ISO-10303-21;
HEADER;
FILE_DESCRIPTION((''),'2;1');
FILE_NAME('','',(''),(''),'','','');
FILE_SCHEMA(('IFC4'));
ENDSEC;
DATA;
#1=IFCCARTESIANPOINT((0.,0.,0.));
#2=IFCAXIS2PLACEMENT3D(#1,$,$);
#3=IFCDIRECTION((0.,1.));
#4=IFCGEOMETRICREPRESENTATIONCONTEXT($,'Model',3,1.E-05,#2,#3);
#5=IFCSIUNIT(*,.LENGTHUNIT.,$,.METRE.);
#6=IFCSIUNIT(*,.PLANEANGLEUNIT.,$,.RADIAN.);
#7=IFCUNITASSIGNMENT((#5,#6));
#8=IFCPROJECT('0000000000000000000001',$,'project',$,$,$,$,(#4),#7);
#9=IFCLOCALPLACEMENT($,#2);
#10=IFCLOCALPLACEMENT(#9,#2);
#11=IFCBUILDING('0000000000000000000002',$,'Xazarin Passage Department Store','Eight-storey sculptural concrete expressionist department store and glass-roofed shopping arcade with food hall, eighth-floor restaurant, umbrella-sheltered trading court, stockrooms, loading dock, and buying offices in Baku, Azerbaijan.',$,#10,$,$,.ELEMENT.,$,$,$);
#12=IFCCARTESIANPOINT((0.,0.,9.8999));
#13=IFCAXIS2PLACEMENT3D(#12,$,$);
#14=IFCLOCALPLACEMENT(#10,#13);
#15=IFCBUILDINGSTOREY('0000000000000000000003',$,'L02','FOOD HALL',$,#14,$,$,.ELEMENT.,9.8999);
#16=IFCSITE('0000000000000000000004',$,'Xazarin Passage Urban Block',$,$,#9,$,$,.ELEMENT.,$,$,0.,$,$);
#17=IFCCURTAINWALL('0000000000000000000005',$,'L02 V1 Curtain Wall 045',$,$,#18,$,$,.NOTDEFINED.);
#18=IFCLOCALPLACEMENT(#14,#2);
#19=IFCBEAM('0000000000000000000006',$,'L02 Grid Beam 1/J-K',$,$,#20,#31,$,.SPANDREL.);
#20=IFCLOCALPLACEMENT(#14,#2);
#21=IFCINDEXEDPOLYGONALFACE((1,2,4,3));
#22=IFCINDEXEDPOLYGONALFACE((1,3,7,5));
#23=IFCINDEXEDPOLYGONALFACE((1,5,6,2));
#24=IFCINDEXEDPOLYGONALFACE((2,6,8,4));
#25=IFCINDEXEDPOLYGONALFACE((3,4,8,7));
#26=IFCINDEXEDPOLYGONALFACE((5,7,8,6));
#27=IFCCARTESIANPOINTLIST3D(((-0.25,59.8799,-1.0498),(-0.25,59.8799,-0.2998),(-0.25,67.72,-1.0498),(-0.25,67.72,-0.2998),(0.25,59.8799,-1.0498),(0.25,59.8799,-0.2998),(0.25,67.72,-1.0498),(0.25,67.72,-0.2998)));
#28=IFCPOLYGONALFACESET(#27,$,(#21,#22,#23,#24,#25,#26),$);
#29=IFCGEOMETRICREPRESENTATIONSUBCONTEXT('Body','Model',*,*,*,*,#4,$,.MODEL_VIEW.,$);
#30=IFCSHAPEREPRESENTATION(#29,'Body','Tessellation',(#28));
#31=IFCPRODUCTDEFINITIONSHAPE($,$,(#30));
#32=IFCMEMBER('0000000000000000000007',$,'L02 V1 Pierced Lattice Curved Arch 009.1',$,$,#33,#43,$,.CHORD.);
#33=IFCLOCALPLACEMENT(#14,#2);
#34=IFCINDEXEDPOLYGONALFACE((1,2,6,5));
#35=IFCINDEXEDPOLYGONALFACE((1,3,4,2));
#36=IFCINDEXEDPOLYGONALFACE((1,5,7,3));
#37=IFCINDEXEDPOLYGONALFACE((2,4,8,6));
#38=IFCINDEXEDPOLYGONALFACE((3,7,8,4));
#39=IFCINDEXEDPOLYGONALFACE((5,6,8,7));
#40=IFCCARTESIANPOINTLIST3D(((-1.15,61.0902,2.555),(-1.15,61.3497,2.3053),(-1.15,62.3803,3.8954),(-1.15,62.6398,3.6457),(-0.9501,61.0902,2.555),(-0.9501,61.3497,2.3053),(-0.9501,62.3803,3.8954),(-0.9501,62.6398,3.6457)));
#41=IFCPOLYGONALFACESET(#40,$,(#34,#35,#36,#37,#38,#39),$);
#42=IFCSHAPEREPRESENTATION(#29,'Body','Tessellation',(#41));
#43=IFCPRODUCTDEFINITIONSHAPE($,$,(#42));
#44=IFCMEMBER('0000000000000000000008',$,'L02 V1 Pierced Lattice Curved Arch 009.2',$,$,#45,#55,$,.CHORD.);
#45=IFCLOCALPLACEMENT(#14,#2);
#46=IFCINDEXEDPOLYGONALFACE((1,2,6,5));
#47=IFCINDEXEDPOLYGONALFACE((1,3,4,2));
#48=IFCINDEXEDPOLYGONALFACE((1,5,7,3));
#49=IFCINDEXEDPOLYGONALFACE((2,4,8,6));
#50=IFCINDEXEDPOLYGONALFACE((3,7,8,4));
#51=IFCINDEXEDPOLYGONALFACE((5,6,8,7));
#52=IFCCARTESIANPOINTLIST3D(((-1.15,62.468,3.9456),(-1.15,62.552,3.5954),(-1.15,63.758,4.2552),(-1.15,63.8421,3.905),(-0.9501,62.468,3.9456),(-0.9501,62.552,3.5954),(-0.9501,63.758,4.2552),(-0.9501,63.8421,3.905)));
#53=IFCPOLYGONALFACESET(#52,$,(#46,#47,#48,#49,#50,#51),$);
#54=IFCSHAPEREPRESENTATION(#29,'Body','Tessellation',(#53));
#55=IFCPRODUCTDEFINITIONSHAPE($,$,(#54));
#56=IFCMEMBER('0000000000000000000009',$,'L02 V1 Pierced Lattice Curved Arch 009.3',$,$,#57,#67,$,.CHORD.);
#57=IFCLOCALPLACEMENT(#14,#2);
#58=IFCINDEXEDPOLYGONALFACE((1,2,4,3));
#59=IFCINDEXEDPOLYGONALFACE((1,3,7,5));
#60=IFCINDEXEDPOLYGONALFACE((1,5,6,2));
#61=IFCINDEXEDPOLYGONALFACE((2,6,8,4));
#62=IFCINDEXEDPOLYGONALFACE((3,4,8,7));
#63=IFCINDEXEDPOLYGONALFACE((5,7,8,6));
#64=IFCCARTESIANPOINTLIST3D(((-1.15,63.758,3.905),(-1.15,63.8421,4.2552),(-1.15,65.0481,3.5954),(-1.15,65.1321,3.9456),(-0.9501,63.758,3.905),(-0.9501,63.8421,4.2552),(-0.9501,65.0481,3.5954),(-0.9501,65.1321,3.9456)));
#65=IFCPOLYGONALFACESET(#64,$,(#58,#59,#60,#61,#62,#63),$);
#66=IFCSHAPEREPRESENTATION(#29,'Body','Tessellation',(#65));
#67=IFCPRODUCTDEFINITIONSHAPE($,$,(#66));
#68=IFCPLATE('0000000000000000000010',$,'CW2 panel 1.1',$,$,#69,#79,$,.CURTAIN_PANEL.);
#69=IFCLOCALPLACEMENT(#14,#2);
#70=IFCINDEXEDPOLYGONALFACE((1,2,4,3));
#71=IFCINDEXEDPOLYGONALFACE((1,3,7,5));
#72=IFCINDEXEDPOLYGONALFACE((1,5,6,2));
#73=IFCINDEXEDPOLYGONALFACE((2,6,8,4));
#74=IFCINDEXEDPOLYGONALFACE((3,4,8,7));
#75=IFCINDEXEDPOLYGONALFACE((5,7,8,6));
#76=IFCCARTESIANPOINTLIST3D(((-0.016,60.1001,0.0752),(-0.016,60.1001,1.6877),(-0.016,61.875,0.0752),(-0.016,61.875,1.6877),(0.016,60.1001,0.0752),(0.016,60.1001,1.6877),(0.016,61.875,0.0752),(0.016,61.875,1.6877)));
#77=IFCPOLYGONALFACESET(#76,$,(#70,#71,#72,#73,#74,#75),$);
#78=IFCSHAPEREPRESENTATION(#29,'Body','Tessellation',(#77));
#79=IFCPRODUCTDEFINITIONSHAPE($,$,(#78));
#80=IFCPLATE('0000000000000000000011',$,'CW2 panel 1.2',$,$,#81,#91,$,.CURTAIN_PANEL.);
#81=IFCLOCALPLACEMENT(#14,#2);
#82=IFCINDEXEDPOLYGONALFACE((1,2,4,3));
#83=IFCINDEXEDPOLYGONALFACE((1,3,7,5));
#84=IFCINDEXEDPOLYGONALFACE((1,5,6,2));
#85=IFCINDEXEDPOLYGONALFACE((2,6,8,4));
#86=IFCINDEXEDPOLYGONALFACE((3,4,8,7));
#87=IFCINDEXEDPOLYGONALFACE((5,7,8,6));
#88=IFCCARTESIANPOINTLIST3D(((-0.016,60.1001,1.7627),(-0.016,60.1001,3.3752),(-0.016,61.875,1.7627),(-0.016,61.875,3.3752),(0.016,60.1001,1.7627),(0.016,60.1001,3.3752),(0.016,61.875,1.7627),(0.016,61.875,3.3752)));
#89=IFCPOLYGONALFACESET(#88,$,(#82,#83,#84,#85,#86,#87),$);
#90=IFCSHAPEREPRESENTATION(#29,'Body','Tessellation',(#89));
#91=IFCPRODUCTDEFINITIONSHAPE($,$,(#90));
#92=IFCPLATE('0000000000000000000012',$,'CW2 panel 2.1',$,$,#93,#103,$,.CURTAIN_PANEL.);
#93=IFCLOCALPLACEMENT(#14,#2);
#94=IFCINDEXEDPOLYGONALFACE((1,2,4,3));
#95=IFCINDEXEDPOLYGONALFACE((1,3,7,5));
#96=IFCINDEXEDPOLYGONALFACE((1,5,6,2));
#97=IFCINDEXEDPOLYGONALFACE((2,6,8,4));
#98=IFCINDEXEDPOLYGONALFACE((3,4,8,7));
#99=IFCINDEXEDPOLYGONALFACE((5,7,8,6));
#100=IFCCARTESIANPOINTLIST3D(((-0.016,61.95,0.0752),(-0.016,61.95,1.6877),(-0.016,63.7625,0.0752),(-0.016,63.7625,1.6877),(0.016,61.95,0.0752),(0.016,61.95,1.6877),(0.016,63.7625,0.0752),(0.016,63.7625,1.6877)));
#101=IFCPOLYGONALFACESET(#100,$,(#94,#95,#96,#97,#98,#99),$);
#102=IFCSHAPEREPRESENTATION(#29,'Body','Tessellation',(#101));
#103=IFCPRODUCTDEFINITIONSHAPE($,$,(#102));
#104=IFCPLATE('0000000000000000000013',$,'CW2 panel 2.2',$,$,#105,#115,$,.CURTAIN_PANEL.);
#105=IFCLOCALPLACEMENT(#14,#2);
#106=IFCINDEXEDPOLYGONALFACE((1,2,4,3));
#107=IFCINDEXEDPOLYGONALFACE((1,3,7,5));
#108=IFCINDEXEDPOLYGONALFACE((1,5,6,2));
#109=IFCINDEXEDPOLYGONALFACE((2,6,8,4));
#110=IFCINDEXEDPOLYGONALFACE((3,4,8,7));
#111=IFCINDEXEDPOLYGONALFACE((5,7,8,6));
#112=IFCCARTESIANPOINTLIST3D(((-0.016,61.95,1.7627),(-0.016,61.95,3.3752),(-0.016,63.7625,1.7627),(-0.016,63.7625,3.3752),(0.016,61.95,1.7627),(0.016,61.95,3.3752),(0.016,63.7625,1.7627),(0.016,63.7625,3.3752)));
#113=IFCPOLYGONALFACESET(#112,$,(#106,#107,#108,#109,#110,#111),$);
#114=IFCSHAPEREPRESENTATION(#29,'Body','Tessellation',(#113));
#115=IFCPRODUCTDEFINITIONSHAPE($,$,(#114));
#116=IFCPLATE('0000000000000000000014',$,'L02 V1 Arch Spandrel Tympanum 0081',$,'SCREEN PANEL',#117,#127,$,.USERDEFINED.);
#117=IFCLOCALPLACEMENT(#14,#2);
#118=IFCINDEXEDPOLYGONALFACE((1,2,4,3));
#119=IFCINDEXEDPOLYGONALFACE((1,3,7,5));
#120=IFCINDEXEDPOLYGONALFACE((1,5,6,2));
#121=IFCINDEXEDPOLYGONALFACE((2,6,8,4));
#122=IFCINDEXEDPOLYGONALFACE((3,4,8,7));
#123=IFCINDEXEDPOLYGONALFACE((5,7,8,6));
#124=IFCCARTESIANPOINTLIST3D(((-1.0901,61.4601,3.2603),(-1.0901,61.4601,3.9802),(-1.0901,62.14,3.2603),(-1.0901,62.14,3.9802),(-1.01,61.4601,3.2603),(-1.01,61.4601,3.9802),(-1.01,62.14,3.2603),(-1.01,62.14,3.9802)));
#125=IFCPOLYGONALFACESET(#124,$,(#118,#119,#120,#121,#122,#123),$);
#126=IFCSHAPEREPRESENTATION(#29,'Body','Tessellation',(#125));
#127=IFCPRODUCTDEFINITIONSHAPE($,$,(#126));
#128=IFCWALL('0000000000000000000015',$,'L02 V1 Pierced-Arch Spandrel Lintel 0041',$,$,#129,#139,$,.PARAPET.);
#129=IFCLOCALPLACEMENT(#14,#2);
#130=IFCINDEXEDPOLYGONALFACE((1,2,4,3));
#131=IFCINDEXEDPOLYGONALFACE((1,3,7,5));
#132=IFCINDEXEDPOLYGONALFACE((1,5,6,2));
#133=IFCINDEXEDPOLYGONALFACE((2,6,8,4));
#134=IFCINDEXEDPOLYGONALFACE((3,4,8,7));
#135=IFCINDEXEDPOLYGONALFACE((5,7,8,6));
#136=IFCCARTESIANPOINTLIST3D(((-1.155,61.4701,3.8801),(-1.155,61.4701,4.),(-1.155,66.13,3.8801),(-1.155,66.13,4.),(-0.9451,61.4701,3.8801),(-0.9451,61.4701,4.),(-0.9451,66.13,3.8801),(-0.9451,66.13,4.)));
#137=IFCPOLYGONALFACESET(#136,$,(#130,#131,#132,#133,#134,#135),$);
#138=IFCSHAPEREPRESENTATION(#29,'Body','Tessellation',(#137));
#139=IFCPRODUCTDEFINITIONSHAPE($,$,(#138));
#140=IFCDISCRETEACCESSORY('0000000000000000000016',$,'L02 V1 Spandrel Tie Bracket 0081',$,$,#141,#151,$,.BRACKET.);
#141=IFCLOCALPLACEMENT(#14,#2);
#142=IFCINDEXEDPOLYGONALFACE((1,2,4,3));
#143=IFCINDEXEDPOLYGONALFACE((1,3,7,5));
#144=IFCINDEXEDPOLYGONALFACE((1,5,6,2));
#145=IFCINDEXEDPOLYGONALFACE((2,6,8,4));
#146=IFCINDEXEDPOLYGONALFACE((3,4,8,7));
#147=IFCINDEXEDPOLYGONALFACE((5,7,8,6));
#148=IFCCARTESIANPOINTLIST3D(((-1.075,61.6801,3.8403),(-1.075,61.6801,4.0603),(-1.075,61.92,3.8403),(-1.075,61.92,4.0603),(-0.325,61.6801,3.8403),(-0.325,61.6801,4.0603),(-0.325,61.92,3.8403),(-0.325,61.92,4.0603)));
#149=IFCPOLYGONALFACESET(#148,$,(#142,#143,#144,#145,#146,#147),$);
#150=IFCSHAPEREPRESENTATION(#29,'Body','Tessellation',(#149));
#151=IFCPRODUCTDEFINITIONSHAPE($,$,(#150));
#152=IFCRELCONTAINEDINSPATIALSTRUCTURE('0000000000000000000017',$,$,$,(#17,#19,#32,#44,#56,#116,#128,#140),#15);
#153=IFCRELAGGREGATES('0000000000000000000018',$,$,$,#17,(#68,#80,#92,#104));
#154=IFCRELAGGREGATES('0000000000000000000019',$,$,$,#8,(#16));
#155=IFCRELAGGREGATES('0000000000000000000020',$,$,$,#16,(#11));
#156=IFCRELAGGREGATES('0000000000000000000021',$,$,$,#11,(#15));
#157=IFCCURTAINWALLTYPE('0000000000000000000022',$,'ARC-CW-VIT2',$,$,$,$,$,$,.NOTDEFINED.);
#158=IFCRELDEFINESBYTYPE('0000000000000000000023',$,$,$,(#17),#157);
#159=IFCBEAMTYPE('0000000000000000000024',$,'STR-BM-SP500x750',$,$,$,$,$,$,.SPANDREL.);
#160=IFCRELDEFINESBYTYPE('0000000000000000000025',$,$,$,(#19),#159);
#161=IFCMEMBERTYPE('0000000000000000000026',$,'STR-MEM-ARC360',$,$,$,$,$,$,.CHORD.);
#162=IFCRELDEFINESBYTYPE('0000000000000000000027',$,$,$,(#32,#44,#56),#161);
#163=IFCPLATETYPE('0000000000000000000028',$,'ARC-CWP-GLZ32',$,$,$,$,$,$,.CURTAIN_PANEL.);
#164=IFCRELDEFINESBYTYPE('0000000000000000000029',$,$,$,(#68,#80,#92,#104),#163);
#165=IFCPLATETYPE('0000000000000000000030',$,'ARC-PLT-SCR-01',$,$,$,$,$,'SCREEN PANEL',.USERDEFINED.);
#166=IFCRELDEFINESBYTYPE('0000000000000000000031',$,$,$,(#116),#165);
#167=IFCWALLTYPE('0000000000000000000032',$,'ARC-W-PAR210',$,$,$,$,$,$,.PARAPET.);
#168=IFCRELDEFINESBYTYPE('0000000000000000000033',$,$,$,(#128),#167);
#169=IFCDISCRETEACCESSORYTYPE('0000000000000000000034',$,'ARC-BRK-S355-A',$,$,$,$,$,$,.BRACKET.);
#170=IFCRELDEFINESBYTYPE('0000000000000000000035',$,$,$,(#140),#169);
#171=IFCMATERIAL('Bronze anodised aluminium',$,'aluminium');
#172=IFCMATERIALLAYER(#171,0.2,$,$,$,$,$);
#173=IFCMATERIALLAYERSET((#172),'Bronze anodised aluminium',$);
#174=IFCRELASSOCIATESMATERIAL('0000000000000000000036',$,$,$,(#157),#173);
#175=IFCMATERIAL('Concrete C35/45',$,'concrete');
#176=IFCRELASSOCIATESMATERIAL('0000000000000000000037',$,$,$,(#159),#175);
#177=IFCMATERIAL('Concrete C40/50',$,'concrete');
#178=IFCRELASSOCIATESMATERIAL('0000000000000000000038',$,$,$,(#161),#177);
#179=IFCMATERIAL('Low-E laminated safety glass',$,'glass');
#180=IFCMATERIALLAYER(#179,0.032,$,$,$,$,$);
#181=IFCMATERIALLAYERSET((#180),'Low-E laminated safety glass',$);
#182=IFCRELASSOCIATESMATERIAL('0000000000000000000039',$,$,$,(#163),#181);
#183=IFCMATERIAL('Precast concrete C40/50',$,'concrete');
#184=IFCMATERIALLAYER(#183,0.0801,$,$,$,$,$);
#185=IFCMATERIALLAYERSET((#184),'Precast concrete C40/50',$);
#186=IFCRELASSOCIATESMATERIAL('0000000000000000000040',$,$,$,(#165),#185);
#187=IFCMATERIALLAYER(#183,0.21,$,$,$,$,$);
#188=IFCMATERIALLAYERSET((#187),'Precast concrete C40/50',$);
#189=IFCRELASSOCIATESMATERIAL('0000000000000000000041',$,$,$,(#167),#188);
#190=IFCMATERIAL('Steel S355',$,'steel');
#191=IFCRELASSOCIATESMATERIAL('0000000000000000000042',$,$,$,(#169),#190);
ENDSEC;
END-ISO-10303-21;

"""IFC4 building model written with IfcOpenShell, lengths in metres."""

from ifc_helpers import new_model, si_unit, direction, frame, frame_2d, origin, origin_2d, place, context, subcontext, project, spatial, rectangle, extrude, material, layer, layer_set, material_profile, profile_set, type_object, element, aggregate, save


model = new_model("IFC4")

# Units and contexts
model_context = context("Model", 3, precision=1e-05, world=origin(), true_north=direction((0.0, 1.0)))
body_context = subcontext(model_context, "Body", "Model", "MODEL_VIEW")
ifc_project = project(units=[si_unit("LENGTHUNIT", "METRE"), si_unit("PLANEANGLEUNIT", "RADIAN")], contexts=[model_context])

# Site, building, storey
site_placement = place(None, origin())
site = spatial("IfcSite", under=ifc_project, at=site_placement, Name="Xazarin Passage Urban Block", CompositionType="ELEMENT", RefElevation=0.0)
building_placement = place(site_placement, origin())
building = spatial("IfcBuilding", under=site, at=building_placement, Name="Xazarin Passage Department Store", Description="Eight-storey sculptural concrete expressionist department store and glass-roofed shopping arcade with food hall, eighth-floor restaurant, umbrella-sheltered trading court, stockrooms, loading dock, and buying offices in Baku, Azerbaijan.", CompositionType="ELEMENT")
storey_placement = place(building_placement, frame((0.0, 0.0, 9.8999)))
storey = spatial("IfcBuildingStorey", under=building, at=storey_placement, Name="L02", Description="FOOD HALL", CompositionType="ELEMENT", Elevation=9.8999)

# Shared definitions
ifc_material_1 = material(Name="Concrete C40/50", Category="concrete")

# Curtain wall
ifc_material_2 = material(Name="Bronze anodised aluminium", Category="aluminium")
ifc_layer_1 = layer(ifc_material_2, 0.2)
ifc_layer_set_1 = layer_set([ifc_layer_1], Name="Bronze anodised aluminium")
curtain_wall_type = type_object("IfcCurtainWallType", Name="ARC-CW-VIT2", PredefinedType="NOTDEFINED", material=ifc_layer_set_1)
curtain_wall_placement = place(storey_placement, origin())
curtain_wall = element("IfcCurtainWall", 1, at=curtain_wall_placement, inside=storey, type_object=curtain_wall_type, Name="L02 V1 Curtain Wall 045", PredefinedType="NOTDEFINED")

# Beam
ifc_material_3 = material(Name="Concrete C35/45", Category="concrete")
ifc_material_profile_1 = material_profile(ifc_material_3, rectangle(XDim=0.5, YDim=0.75, at=origin_2d()), Name="RC 500x750")
ifc_profile_set_1 = profile_set([ifc_material_profile_1], Name="Concrete C35/45")
beam_type_1 = type_object("IfcBeamType", Name="STR-BM-SP500x750", PredefinedType="SPANDREL", material=ifc_profile_set_1)
beam_1_placement = place(storey_placement, frame((0.0, 59.8799, -0.6748), z_axis=(0.0, 1.0, 0.0), x_axis=(-1.0, 0.0, 0.0)))
element("IfcBeam", 2, at=beam_1_placement, inside=storey, type_object=beam_type_1, Name="L02 Grid Beam 1/J-K", PredefinedType="SPANDREL", context=body_context, shape_type="SweptSolid", body=[
    extrude(rectangle(XDim=0.5, YDim=0.75, at=origin_2d()), origin(), (0.0, 0.0, 1.0), 7.8401),
])

# Members
ifc_material_profile_2 = material_profile(ifc_material_1, rectangle(XDim=0.2, YDim=0.3601, at=origin_2d()), Name="RC 200x360")
ifc_profile_set_2 = profile_set([ifc_material_profile_2], Name="Concrete C40/50")
member_type_1 = type_object("IfcMemberType", Name="STR-MEM-ARC360", PredefinedType="CHORD", material=ifc_profile_set_2)
member_1_placement = place(storey_placement, frame((-1.05, 61.22, 2.4302), z_axis=(0.0, 0.69346, 0.720495), x_axis=(-1.0, 0.0, 0.0)))
element("IfcMember", 3, at=member_1_placement, inside=storey, type_object=member_type_1, Name="L02 V1 Pierced Lattice Curved Arch 009.1", PredefinedType="CHORD", context=body_context, shape_type="SweptSolid", body=[
    extrude(rectangle(XDim=0.2, YDim=0.3601, at=origin_2d()), origin(), (0.0, 0.0, 1.0), 1.8604),
])
for number, where, z_axis, x_axis, name in (
    (4, (-1.05, 62.51, 3.7705), (0.0, 0.972394, 0.233345), (-1.0, 0.0, 0.0), "L02 V1 Pierced Lattice Curved Arch 009.2"),
    (5, (-1.05, 63.8, 4.0801), (0.0, 0.972394, -0.233345), (-1.0, 0.0, 0.0), "L02 V1 Pierced Lattice Curved Arch 009.3"),
):
    element("IfcMember", number, at=place(storey_placement, frame(where, z_axis=z_axis, x_axis=x_axis)), inside=storey, type_object=member_type_1, Name=name, PredefinedType="CHORD", context=body_context, shape_type="SweptSolid", body=[
        extrude(rectangle(XDim=0.2, YDim=0.3601, at=origin_2d()), origin(), (0.0, 0.0, 1.0), 1.3267),
    ])

# Plates
ifc_material_4 = material(Name="Low-E laminated safety glass", Category="glass")
ifc_layer_2 = layer(ifc_material_4, 0.032)
ifc_layer_set_2 = layer_set([ifc_layer_2], Name="Low-E laminated safety glass")
plate_type_1 = type_object("IfcPlateType", Name="ARC-CWP-GLZ32", PredefinedType="CURTAIN_PANEL", material=ifc_layer_set_2)
plate_1_placement = place(storey_placement, frame((0.0, 60.9875, 0.0752), z_axis=(0.0, 0.0, 1.0), x_axis=(0.0, 1.0, 0.0)))
plate_1 = element("IfcPlate", 6, at=plate_1_placement, type_object=plate_type_1, Name="CW2 panel 1.1", PredefinedType="CURTAIN_PANEL", context=body_context, shape_type="SweptSolid", body=[
    extrude(rectangle(XDim=1.7749, YDim=0.032, at=origin_2d()), origin(), (0.0, 0.0, 1.0), 1.6125),
])
plate_2_placement = place(storey_placement, frame((0.0, 60.9875, 1.7627), z_axis=(0.0, 0.0, 1.0), x_axis=(0.0, 1.0, 0.0)))
plate_2 = element("IfcPlate", 7, at=plate_2_placement, type_object=plate_type_1, Name="CW2 panel 1.2", PredefinedType="CURTAIN_PANEL", context=body_context, shape_type="SweptSolid", body=[
    extrude(rectangle(XDim=1.7749, YDim=0.032, at=origin_2d()), origin(), (0.0, 0.0, 1.0), 1.6125),
])
plate_3_placement = place(storey_placement, frame((0.0, 62.8562, 0.0752), z_axis=(0.0, 0.0, 1.0), x_axis=(0.0, 1.0, 0.0)))
plate_3 = element("IfcPlate", 8, at=plate_3_placement, type_object=plate_type_1, Name="CW2 panel 2.1", PredefinedType="CURTAIN_PANEL", context=body_context, shape_type="SweptSolid", body=[
    extrude(rectangle(XDim=1.8125, YDim=0.032, at=origin_2d()), origin(), (0.0, 0.0, 1.0), 1.6125),
])
plate_4_placement = place(storey_placement, frame((0.0, 62.8562, 1.7627), z_axis=(0.0, 0.0, 1.0), x_axis=(0.0, 1.0, 0.0)))
plate_4 = element("IfcPlate", 9, at=plate_4_placement, type_object=plate_type_1, Name="CW2 panel 2.2", PredefinedType="CURTAIN_PANEL", context=body_context, shape_type="SweptSolid", body=[
    extrude(rectangle(XDim=1.8125, YDim=0.032, at=origin_2d()), origin(), (0.0, 0.0, 1.0), 1.6125),
])
aggregate(curtain_wall, [plate_1, plate_2, plate_3, plate_4])
ifc_material_5 = material(Name="Precast concrete C40/50", Category="concrete")
ifc_layer_3 = layer(ifc_material_5, 0.0801)
ifc_layer_set_3 = layer_set([ifc_layer_3], Name="Precast concrete C40/50")
plate_type_2 = type_object("IfcPlateType", Name="ARC-PLT-SCR-01", ElementType="SCREEN PANEL", PredefinedType="USERDEFINED", material=ifc_layer_set_3)
plate_5_placement = place(storey_placement, frame((-1.05, 61.8, 3.2603), z_axis=(0.0, 0.0, 1.0), x_axis=(0.0, 1.0, 0.0)))
element("IfcPlate", 10, at=plate_5_placement, inside=storey, type_object=plate_type_2, Name="L02 V1 Arch Spandrel Tympanum 0081", ObjectType="SCREEN PANEL", PredefinedType="USERDEFINED", context=body_context, shape_type="SweptSolid", body=[
    extrude(rectangle(XDim=0.6799, YDim=0.0801, at=origin_2d()), origin(), (0.0, 0.0, 1.0), 0.72),
])

# Wall
ifc_layer_4 = layer(ifc_material_5, 0.21)
ifc_layer_set_4 = layer_set([ifc_layer_4], Name="Precast concrete C40/50")
wall_type = type_object("IfcWallType", Name="ARC-W-PAR210", PredefinedType="PARAPET", material=ifc_layer_set_4)
wall_placement = place(storey_placement, frame((-1.05, 61.47, 3.8801), z_axis=(0.0, 0.0, 1.0), x_axis=(0.0, 1.0, 0.0)))
element("IfcWall", 11, at=wall_placement, inside=storey, type_object=wall_type, Name="L02 V1 Pierced-Arch Spandrel Lintel 0041", PredefinedType="PARAPET", context=body_context, shape_type="SweptSolid", body=[
    extrude(rectangle(XDim=4.6599, YDim=0.21, at=frame_2d((2.3301, 0.0))), origin(), (0.0, 0.0, 1.0), 0.1199),
])

# Discrete accessory
ifc_material_6 = material(Name="Steel S355", Category="steel")
discrete_accessory_type = type_object("IfcDiscreteAccessoryType", Name="ARC-BRK-S355-A", PredefinedType="BRACKET", material=ifc_material_6)
discrete_accessory_placement = place(storey_placement, frame((-0.7, 61.8, 3.8403), z_axis=(0.0, 0.0, 1.0), x_axis=(0.0, 1.0, 0.0)))
element("IfcDiscreteAccessory", 12, at=discrete_accessory_placement, inside=storey, type_object=discrete_accessory_type, Name="L02 V1 Spandrel Tie Bracket 0081", PredefinedType="BRACKET", context=body_context, shape_type="SweptSolid", body=[
    extrude(rectangle(XDim=0.24, YDim=0.75, at=origin_2d()), origin(), (0.0, 0.0, 1.0), 0.22),
])

save(model, "model.ifc")
